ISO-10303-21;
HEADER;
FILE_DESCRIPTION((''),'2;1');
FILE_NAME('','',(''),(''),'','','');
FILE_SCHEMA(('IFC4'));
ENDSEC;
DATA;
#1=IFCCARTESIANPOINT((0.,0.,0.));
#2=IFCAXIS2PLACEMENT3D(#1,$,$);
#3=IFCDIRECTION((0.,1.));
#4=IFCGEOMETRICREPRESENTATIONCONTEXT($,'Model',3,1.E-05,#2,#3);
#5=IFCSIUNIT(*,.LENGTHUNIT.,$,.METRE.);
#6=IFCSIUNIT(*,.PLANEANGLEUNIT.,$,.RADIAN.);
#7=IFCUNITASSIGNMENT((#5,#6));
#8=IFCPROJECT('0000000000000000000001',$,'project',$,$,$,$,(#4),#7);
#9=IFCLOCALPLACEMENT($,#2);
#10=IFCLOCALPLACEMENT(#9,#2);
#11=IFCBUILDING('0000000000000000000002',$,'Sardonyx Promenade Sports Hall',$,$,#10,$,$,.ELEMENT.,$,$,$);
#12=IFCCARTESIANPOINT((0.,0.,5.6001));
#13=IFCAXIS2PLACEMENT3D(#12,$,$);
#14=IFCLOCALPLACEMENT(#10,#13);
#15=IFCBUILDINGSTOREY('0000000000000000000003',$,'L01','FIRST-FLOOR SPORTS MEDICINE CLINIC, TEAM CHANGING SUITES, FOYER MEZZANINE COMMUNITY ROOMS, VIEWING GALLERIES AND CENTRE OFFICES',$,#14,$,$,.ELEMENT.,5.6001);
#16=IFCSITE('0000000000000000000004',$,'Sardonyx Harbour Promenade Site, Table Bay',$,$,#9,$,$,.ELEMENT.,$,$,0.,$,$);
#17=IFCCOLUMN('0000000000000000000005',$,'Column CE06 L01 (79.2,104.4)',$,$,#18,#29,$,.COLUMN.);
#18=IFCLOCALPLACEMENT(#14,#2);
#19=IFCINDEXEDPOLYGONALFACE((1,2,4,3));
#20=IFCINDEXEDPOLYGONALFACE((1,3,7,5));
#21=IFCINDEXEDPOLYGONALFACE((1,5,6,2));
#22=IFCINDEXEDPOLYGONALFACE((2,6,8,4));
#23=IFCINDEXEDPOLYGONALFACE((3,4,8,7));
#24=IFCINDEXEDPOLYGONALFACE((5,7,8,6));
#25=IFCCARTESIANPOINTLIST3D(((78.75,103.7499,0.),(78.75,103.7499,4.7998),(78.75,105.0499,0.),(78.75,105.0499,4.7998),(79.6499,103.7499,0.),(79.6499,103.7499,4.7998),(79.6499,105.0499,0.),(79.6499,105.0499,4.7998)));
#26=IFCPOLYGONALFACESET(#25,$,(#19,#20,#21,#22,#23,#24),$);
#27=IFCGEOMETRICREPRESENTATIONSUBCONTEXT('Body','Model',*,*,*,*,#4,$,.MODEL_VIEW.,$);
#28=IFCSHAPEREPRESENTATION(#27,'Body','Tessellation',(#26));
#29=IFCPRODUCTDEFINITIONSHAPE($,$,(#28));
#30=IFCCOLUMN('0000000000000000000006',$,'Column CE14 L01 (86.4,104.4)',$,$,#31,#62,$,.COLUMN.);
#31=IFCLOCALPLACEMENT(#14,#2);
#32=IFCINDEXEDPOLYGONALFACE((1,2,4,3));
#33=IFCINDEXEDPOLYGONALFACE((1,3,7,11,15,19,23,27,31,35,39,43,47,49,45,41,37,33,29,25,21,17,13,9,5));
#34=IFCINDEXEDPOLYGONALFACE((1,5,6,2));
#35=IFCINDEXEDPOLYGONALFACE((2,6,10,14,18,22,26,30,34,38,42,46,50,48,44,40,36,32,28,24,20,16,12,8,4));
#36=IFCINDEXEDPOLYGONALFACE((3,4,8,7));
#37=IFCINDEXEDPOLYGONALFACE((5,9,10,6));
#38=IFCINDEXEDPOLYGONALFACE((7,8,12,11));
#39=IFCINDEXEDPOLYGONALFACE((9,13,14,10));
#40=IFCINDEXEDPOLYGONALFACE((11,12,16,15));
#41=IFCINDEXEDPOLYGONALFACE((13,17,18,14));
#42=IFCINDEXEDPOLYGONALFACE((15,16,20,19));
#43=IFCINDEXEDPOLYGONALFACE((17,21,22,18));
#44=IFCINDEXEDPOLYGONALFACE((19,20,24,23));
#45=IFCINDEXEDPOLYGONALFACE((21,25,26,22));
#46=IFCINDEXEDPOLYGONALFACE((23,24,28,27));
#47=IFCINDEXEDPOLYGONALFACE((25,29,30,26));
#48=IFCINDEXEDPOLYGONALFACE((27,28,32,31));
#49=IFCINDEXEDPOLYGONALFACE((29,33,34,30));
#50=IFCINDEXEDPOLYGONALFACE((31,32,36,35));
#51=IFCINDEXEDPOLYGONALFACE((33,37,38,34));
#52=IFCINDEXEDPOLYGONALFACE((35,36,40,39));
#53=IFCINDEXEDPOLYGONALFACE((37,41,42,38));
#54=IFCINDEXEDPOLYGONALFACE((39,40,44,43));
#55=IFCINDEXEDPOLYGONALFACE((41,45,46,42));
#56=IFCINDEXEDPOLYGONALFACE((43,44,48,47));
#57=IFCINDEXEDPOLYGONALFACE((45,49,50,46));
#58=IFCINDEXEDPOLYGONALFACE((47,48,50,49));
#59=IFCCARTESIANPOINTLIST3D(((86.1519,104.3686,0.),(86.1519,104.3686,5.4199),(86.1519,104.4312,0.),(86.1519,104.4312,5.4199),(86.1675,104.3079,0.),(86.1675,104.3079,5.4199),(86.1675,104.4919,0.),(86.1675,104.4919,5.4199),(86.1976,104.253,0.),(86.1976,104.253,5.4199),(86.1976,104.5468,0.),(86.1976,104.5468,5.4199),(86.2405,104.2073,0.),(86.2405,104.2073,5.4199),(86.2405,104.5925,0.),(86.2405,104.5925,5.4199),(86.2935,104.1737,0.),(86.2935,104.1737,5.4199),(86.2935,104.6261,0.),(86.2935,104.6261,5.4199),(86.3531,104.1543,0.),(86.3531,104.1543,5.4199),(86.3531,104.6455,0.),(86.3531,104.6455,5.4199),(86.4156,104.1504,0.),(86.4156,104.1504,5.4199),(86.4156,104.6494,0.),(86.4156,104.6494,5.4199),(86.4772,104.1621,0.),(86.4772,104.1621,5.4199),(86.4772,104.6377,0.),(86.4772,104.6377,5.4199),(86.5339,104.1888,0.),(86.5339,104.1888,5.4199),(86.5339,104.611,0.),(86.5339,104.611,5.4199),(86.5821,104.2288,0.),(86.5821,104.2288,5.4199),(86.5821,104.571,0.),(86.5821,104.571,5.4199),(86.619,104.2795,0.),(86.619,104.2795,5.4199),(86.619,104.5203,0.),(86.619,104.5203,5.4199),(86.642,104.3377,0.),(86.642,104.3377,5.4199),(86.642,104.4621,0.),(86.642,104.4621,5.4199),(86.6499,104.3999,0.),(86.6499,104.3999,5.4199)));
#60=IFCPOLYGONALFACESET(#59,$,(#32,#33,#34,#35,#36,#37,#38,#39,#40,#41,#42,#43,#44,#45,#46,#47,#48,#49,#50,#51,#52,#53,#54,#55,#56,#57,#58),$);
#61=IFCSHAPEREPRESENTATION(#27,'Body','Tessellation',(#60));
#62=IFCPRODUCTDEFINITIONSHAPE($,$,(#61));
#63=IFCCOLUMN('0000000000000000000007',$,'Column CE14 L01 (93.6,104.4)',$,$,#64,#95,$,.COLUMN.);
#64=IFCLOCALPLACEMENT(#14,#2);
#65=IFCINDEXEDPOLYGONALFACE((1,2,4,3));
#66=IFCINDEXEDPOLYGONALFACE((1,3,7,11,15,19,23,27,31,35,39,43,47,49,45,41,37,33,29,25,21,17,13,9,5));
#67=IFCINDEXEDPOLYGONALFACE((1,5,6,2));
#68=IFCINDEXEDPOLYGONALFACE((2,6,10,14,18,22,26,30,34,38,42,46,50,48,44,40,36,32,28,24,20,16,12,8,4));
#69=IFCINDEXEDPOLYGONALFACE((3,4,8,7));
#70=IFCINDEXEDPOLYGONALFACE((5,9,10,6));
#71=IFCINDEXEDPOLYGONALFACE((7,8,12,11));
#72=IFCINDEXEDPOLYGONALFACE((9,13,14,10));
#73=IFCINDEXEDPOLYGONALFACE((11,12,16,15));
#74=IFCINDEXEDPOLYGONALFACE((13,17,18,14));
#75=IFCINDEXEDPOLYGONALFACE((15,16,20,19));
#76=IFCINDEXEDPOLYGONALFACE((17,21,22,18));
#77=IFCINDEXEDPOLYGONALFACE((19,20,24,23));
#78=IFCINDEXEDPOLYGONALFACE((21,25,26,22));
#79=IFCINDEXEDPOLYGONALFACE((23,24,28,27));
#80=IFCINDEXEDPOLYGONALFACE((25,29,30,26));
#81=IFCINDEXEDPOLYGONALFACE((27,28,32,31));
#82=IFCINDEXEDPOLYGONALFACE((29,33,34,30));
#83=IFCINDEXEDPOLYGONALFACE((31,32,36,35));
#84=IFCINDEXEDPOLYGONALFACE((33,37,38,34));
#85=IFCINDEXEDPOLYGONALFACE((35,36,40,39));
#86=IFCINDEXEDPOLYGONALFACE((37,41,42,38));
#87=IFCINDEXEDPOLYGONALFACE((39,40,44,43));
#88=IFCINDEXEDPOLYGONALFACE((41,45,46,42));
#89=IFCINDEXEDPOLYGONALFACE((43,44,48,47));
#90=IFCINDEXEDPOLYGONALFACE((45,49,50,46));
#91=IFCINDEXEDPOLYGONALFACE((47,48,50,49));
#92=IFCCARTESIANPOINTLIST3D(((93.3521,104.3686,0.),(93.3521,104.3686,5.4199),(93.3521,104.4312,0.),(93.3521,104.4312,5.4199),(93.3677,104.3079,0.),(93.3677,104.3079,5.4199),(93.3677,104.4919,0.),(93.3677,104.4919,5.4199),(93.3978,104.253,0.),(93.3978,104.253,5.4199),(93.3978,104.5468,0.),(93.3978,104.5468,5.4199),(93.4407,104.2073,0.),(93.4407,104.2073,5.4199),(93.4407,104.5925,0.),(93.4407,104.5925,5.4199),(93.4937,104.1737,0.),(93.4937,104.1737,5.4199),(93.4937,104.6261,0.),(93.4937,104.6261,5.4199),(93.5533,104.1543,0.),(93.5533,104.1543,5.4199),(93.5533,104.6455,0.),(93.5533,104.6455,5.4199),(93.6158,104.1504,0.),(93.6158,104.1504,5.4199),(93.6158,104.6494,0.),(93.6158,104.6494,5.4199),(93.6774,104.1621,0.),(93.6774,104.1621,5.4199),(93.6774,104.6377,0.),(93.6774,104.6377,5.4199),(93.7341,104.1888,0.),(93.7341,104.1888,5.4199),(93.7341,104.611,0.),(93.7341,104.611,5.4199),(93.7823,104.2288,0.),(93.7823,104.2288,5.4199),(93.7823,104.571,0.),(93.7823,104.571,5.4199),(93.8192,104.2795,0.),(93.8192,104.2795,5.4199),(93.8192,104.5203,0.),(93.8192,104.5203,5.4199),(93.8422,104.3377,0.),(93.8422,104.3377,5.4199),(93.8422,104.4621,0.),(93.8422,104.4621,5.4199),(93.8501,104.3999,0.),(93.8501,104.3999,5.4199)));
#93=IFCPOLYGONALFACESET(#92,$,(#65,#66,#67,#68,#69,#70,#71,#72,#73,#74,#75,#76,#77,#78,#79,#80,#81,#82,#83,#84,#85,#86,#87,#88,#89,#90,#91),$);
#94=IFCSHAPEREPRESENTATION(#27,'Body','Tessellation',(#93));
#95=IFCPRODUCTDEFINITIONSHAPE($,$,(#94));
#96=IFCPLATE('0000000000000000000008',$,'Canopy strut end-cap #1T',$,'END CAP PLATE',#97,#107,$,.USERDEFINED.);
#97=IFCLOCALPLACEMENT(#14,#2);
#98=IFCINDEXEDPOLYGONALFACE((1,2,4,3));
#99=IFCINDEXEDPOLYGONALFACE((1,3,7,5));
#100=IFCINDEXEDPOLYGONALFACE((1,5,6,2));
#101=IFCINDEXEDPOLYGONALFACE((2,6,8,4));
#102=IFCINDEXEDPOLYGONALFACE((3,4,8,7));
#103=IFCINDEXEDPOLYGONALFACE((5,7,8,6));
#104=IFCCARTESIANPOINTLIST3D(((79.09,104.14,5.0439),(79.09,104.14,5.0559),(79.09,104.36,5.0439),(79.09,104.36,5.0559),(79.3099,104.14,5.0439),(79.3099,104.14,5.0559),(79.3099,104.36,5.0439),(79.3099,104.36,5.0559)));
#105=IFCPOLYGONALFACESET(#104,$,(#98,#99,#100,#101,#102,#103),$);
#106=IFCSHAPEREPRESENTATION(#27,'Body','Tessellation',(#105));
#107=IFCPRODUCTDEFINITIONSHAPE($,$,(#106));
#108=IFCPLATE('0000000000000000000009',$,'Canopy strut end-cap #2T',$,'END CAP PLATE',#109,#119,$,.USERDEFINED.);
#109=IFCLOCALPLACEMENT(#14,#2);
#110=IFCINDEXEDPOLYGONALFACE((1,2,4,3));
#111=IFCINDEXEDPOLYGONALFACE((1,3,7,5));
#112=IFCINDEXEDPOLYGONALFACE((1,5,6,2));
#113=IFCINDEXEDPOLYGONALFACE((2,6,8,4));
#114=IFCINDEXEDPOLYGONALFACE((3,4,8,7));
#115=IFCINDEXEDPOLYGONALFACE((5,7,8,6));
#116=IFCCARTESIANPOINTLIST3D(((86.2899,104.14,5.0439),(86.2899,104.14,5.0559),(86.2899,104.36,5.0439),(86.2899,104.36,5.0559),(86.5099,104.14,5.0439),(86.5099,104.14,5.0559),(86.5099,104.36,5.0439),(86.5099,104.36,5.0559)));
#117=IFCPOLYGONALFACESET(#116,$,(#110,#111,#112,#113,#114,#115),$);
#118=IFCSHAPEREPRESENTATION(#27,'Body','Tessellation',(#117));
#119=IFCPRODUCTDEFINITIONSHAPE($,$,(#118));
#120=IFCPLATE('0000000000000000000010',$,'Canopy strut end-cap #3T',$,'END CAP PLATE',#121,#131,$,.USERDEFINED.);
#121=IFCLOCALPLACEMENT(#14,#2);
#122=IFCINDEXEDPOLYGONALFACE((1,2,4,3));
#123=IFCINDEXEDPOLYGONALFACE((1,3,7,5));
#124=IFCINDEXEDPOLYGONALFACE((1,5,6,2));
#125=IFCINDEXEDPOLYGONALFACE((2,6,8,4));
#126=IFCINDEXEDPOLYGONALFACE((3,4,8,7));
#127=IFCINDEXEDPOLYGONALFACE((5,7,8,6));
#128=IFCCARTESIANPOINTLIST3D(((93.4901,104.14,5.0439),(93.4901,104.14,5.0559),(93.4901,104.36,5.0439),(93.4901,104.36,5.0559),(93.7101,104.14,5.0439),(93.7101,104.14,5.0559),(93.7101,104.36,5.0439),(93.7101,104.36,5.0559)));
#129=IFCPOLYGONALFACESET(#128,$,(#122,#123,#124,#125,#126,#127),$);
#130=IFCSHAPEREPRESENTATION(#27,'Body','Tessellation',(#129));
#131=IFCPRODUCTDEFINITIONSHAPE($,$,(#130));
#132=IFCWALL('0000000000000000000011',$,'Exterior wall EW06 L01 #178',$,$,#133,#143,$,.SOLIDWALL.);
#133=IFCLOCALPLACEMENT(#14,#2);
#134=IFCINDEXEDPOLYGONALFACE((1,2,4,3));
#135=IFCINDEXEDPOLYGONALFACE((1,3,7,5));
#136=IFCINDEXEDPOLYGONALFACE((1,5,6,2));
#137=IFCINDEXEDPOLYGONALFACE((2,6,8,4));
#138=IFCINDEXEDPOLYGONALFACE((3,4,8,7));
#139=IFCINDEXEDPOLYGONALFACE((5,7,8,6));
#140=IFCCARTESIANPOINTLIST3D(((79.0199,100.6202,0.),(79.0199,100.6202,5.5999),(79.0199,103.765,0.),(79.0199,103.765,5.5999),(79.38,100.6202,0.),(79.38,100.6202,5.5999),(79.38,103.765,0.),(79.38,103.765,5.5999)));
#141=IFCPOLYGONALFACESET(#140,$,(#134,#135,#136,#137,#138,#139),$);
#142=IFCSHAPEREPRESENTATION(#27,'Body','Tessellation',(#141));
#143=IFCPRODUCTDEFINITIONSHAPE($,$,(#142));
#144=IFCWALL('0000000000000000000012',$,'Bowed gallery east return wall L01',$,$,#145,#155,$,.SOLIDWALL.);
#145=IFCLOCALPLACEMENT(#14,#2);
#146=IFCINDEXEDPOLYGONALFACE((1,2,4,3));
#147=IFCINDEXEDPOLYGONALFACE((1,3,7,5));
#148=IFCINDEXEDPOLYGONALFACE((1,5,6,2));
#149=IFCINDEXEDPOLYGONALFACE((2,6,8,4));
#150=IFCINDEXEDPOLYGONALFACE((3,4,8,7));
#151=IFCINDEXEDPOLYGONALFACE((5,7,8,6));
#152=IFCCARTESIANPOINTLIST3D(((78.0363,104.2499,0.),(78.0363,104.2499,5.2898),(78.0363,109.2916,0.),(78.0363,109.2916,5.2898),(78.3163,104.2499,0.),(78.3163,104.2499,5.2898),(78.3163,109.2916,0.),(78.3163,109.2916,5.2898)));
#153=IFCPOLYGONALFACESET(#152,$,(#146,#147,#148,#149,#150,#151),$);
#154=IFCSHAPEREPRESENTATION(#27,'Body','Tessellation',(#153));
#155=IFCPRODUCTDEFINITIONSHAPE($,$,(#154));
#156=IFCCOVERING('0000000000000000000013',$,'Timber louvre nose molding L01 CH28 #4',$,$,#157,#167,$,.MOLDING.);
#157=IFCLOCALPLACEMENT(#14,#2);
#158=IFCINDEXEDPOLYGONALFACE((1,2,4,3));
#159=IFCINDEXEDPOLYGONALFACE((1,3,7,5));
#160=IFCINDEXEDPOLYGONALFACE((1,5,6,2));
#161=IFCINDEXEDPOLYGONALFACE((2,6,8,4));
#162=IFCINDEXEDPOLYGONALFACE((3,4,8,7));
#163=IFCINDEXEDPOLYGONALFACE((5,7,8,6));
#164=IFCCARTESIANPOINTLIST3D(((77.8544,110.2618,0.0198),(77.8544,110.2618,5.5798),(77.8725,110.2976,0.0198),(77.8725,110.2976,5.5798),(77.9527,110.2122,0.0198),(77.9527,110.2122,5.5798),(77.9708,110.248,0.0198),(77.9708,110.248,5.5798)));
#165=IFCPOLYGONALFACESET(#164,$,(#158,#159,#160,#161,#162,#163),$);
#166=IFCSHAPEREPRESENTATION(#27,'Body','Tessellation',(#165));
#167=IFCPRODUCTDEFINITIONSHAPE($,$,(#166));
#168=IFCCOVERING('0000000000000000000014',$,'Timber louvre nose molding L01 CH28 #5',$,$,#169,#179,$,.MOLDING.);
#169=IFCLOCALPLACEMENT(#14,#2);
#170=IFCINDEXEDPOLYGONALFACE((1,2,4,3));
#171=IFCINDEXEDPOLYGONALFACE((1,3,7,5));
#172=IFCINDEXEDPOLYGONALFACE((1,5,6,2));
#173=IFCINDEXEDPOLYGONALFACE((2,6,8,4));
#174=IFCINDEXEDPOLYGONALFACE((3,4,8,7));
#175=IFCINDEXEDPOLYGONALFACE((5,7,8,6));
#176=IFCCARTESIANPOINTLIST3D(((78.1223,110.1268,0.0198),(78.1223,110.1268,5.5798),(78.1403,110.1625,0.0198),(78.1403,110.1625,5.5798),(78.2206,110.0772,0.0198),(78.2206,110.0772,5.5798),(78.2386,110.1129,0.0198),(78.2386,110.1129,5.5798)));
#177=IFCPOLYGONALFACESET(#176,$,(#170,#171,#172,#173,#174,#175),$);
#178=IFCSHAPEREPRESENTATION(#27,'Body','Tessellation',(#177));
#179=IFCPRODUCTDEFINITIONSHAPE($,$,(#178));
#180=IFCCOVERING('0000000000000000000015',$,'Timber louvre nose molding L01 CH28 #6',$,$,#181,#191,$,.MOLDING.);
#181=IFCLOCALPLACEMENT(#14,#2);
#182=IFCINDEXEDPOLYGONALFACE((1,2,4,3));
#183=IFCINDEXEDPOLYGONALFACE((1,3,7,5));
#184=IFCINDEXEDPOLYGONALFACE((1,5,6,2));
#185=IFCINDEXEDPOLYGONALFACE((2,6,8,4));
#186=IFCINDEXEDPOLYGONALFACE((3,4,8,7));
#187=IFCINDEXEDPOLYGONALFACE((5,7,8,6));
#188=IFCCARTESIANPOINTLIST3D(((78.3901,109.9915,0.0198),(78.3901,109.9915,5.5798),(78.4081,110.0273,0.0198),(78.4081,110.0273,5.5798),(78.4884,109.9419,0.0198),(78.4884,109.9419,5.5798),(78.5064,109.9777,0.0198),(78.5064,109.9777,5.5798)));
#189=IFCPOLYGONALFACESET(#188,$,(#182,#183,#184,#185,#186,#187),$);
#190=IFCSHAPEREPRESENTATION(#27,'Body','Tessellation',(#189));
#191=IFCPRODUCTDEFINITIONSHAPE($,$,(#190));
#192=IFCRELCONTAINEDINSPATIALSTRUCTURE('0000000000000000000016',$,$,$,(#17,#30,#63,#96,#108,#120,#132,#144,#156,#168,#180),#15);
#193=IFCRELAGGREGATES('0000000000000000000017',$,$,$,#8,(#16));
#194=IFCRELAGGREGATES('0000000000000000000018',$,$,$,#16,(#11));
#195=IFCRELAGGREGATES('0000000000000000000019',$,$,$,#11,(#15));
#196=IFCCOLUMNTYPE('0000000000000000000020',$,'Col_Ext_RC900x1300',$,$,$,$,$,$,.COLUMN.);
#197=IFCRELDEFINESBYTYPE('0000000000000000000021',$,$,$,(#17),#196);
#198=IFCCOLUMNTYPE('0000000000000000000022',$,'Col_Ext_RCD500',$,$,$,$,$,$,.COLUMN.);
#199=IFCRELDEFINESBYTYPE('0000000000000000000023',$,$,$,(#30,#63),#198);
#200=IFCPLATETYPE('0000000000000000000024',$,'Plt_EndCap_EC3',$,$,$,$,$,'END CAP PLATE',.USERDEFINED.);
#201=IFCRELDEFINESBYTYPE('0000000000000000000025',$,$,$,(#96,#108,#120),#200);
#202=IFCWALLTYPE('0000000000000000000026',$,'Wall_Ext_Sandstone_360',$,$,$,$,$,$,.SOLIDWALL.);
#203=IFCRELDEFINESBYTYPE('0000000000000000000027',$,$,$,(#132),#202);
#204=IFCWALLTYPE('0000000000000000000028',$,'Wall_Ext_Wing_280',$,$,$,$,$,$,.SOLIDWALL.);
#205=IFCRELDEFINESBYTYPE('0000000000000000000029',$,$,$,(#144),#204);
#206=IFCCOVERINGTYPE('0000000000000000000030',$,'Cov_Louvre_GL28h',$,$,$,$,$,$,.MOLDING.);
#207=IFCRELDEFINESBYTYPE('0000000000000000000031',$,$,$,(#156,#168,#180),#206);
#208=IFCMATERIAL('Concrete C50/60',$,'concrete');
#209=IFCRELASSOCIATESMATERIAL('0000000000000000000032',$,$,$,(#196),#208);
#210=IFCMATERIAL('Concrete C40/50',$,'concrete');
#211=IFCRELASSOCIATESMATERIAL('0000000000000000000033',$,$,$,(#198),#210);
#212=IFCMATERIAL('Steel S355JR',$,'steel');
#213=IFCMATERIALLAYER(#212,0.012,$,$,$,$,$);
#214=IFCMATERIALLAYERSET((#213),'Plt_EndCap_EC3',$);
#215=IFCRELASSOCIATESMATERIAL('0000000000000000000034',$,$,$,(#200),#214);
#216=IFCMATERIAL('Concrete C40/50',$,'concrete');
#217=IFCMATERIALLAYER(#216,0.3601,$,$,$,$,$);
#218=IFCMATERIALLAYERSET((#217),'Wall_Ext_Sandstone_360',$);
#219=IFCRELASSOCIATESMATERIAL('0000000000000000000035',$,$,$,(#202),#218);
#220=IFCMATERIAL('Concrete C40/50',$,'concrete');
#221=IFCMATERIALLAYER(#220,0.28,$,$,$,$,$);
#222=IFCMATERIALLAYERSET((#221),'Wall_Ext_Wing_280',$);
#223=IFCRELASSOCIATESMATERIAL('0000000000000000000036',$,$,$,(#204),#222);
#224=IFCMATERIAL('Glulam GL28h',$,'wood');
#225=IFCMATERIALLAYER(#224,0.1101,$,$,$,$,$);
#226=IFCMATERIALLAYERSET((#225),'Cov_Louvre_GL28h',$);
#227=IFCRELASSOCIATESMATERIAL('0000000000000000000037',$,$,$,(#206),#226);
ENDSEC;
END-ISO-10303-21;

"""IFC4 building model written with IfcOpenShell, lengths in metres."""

from ifc_helpers import new_model, si_unit, direction, frame, frame_2d, origin, origin_2d, place, context, subcontext, project, spatial, rectangle, circle, extrude, material, layer, layer_set, material_profile, profile_set, type_object, element, save


model = new_model("IFC4")

# Units and contexts
model_context = context("Model", 3, precision=1e-05, world=origin(), true_north=direction((0.0, 1.0)))
body_context = subcontext(model_context, "Body", "Model", "MODEL_VIEW")
ifc_project = project(units=[si_unit("LENGTHUNIT", "METRE"), si_unit("PLANEANGLEUNIT", "RADIAN")], contexts=[model_context])

# Site, building, storey
site_placement = place(None, origin())
site = spatial("IfcSite", under=ifc_project, at=site_placement, Name="Sardonyx Harbour Promenade Site, Table Bay", CompositionType="ELEMENT", RefElevation=0.0)
building_placement = place(site_placement, origin())
building = spatial("IfcBuilding", under=site, at=building_placement, Name="Sardonyx Promenade Sports Hall", CompositionType="ELEMENT")
storey_placement = place(building_placement, frame((0.0, 0.0, 5.6001)))
storey = spatial("IfcBuildingStorey", under=building, at=storey_placement, Name="L01", Description="FIRST-FLOOR SPORTS MEDICINE CLINIC, TEAM CHANGING SUITES, FOYER MEZZANINE COMMUNITY ROOMS, VIEWING GALLERIES AND CENTRE OFFICES", CompositionType="ELEMENT", Elevation=5.6001)

# Columns
ifc_material_1 = material(Name="Concrete C50/60", Category="concrete")
ifc_material_profile_1 = material_profile(ifc_material_1, rectangle(XDim=0.8999, YDim=1.3, at=origin_2d()))
ifc_profile_set_1 = profile_set([ifc_material_profile_1], Name="Concrete C50/60")
column_type_1 = type_object("IfcColumnType", Name="Col_Ext_RC900x1300", PredefinedType="COLUMN", material=ifc_profile_set_1)
column_placement = place(storey_placement, frame((79.2, 104.3999, 0.0), z_axis=(0.0, 0.0, 1.0), x_axis=(1.0, 0.0, 0.0)))
element("IfcColumn", 1, at=column_placement, inside=storey, type_object=column_type_1, Name="Column CE06 L01 (79.2,104.4)", PredefinedType="COLUMN", context=body_context, shape_type="SweptSolid", body=[
    extrude(rectangle(XDim=0.8999, YDim=1.3, at=origin_2d()), origin(), (0.0, 0.0, 1.0), 4.7998),
])
ifc_material_2 = material(Name="Concrete C40/50", Category="concrete")
ifc_material_profile_2 = material_profile(ifc_material_2, circle(Radius=0.25, at=origin_2d()))
ifc_profile_set_2 = profile_set([ifc_material_profile_2], Name="Concrete C40/50")
column_type_2 = type_object("IfcColumnType", Name="Col_Ext_RCD500", PredefinedType="COLUMN", material=ifc_profile_set_2)
for number, where, z_axis, x_axis, name in (
    (2, (86.3999, 104.3999, 0.0), (0.0, 0.0, 1.0), (1.0, 0.0, 0.0), "Column CE14 L01 (86.4,104.4)"),
    (3, (93.6001, 104.3999, 0.0), (0.0, 0.0, 1.0), (1.0, 0.0, 0.0), "Column CE14 L01 (93.6,104.4)"),
):
    element("IfcColumn", number, at=place(storey_placement, frame(where, z_axis=z_axis, x_axis=x_axis)), inside=storey, type_object=column_type_2, Name=name, PredefinedType="COLUMN", context=body_context, shape_type="SweptSolid", body=[
        extrude(circle(Radius=0.25, at=origin_2d()), origin(), (0.0, 0.0, 1.0), 5.4199),
    ])

# Plates
ifc_material_3 = material(Name="Steel S355JR", Category="steel")
ifc_layer_1 = layer(ifc_material_3, 0.012)
ifc_layer_set_1 = layer_set([ifc_layer_1], Name="Plt_EndCap_EC3")
plate_type = type_object("IfcPlateType", Name="Plt_EndCap_EC3", ElementType="END CAP PLATE", PredefinedType="USERDEFINED", material=ifc_layer_set_1)
for number, where, z_axis, x_axis, name in (
    (4, (79.2, 104.25, 5.0439), (0.0, 0.0, 1.0), (1.0, 0.0, 0.0), "Canopy strut end-cap #1T"),
    (5, (86.3999, 104.25, 5.0439), (0.0, 0.0, 1.0), (1.0, 0.0, 0.0), "Canopy strut end-cap #2T"),
    (6, (93.6001, 104.25, 5.0439), (0.0, 0.0, 1.0), (1.0, 0.0, 0.0), "Canopy strut end-cap #3T"),
):
    element("IfcPlate", number, at=place(storey_placement, frame(where, z_axis=z_axis, x_axis=x_axis)), inside=storey, type_object=plate_type, Name=name, ObjectType="END CAP PLATE", PredefinedType="USERDEFINED", context=body_context, shape_type="SweptSolid", body=[
        extrude(rectangle(XDim=0.22, YDim=0.22, at=origin_2d()), origin(), (0.0, 0.0, 1.0), 0.012),
    ])

# Walls
ifc_material_4 = material(Name="Concrete C40/50", Category="concrete")
ifc_layer_2 = layer(ifc_material_4, 0.3601)
ifc_layer_set_2 = layer_set([ifc_layer_2], Name="Wall_Ext_Sandstone_360")
wall_type_1 = type_object("IfcWallType", Name="Wall_Ext_Sandstone_360", PredefinedType="SOLIDWALL", material=ifc_layer_set_2)
wall_1_placement = place(storey_placement, frame((79.2, 103.7649, 0.0), z_axis=(0.0, 0.0, 1.0), x_axis=(0.0, -1.0, 0.0)))
element("IfcWall", 7, at=wall_1_placement, inside=storey, type_object=wall_type_1, Name="Exterior wall EW06 L01 #178", PredefinedType="SOLIDWALL", context=body_context, shape_type="SweptSolid", body=[
    extrude(rectangle(XDim=3.1448, YDim=0.3601, at=frame_2d((1.5723, 0.0))), origin(), (0.0, 0.0, 1.0), 5.5999),
])
ifc_material_5 = material(Name="Concrete C40/50", Category="concrete")
ifc_layer_3 = layer(ifc_material_5, 0.28)
ifc_layer_set_3 = layer_set([ifc_layer_3], Name="Wall_Ext_Wing_280")
wall_type_2 = type_object("IfcWallType", Name="Wall_Ext_Wing_280", PredefinedType="SOLIDWALL", material=ifc_layer_set_3)
wall_2_placement = place(storey_placement, frame((78.1763, 109.2917, 0.0), z_axis=(0.0, 0.0, 1.0), x_axis=(0.0, -1.0, 0.0)))
element("IfcWall", 8, at=wall_2_placement, inside=storey, type_object=wall_type_2, Name="Bowed gallery east return wall L01", PredefinedType="SOLIDWALL", context=body_context, shape_type="SweptSolid", body=[
    extrude(rectangle(XDim=5.0417, YDim=0.28, at=frame_2d((2.521, 0.0))), origin(), (0.0, 0.0, 1.0), 5.2898),
])

# Coverings
ifc_material_6 = material(Name="Glulam GL28h", Category="wood")
ifc_layer_4 = layer(ifc_material_6, 0.1101)
ifc_layer_set_4 = layer_set([ifc_layer_4], Name="Cov_Louvre_GL28h")
covering_type_1 = type_object("IfcCoveringType", Name="Cov_Louvre_GL28h", PredefinedType="MOLDING", material=ifc_layer_set_4)
for number, where, z_axis, x_axis, name in (
    (9, (77.9126, 110.2549, 0.0198), (0.0, 0.0, 1.0), (0.892774, -0.450505, 0.0), "Timber louvre nose molding L01 CH28 #4"),
    (10, (78.1804, 110.1199, 0.0198), (0.0, 0.0, 1.0), (0.892774, -0.450505, 0.0), "Timber louvre nose molding L01 CH28 #5"),
    (11, (78.4482, 109.9846, 0.0198), (0.0, 0.0, 1.0), (0.892774, -0.450505, 0.0), "Timber louvre nose molding L01 CH28 #6"),
):
    element("IfcCovering", number, at=place(storey_placement, frame(where, z_axis=z_axis, x_axis=x_axis)), inside=storey, type_object=covering_type_1, Name=name, PredefinedType="MOLDING", context=body_context, shape_type="SweptSolid", body=[
        extrude(rectangle(XDim=0.1101, YDim=0.04, at=origin_2d()), origin(), (0.0, 0.0, 1.0), 5.5601),
    ])

save(model, "model.ifc")
